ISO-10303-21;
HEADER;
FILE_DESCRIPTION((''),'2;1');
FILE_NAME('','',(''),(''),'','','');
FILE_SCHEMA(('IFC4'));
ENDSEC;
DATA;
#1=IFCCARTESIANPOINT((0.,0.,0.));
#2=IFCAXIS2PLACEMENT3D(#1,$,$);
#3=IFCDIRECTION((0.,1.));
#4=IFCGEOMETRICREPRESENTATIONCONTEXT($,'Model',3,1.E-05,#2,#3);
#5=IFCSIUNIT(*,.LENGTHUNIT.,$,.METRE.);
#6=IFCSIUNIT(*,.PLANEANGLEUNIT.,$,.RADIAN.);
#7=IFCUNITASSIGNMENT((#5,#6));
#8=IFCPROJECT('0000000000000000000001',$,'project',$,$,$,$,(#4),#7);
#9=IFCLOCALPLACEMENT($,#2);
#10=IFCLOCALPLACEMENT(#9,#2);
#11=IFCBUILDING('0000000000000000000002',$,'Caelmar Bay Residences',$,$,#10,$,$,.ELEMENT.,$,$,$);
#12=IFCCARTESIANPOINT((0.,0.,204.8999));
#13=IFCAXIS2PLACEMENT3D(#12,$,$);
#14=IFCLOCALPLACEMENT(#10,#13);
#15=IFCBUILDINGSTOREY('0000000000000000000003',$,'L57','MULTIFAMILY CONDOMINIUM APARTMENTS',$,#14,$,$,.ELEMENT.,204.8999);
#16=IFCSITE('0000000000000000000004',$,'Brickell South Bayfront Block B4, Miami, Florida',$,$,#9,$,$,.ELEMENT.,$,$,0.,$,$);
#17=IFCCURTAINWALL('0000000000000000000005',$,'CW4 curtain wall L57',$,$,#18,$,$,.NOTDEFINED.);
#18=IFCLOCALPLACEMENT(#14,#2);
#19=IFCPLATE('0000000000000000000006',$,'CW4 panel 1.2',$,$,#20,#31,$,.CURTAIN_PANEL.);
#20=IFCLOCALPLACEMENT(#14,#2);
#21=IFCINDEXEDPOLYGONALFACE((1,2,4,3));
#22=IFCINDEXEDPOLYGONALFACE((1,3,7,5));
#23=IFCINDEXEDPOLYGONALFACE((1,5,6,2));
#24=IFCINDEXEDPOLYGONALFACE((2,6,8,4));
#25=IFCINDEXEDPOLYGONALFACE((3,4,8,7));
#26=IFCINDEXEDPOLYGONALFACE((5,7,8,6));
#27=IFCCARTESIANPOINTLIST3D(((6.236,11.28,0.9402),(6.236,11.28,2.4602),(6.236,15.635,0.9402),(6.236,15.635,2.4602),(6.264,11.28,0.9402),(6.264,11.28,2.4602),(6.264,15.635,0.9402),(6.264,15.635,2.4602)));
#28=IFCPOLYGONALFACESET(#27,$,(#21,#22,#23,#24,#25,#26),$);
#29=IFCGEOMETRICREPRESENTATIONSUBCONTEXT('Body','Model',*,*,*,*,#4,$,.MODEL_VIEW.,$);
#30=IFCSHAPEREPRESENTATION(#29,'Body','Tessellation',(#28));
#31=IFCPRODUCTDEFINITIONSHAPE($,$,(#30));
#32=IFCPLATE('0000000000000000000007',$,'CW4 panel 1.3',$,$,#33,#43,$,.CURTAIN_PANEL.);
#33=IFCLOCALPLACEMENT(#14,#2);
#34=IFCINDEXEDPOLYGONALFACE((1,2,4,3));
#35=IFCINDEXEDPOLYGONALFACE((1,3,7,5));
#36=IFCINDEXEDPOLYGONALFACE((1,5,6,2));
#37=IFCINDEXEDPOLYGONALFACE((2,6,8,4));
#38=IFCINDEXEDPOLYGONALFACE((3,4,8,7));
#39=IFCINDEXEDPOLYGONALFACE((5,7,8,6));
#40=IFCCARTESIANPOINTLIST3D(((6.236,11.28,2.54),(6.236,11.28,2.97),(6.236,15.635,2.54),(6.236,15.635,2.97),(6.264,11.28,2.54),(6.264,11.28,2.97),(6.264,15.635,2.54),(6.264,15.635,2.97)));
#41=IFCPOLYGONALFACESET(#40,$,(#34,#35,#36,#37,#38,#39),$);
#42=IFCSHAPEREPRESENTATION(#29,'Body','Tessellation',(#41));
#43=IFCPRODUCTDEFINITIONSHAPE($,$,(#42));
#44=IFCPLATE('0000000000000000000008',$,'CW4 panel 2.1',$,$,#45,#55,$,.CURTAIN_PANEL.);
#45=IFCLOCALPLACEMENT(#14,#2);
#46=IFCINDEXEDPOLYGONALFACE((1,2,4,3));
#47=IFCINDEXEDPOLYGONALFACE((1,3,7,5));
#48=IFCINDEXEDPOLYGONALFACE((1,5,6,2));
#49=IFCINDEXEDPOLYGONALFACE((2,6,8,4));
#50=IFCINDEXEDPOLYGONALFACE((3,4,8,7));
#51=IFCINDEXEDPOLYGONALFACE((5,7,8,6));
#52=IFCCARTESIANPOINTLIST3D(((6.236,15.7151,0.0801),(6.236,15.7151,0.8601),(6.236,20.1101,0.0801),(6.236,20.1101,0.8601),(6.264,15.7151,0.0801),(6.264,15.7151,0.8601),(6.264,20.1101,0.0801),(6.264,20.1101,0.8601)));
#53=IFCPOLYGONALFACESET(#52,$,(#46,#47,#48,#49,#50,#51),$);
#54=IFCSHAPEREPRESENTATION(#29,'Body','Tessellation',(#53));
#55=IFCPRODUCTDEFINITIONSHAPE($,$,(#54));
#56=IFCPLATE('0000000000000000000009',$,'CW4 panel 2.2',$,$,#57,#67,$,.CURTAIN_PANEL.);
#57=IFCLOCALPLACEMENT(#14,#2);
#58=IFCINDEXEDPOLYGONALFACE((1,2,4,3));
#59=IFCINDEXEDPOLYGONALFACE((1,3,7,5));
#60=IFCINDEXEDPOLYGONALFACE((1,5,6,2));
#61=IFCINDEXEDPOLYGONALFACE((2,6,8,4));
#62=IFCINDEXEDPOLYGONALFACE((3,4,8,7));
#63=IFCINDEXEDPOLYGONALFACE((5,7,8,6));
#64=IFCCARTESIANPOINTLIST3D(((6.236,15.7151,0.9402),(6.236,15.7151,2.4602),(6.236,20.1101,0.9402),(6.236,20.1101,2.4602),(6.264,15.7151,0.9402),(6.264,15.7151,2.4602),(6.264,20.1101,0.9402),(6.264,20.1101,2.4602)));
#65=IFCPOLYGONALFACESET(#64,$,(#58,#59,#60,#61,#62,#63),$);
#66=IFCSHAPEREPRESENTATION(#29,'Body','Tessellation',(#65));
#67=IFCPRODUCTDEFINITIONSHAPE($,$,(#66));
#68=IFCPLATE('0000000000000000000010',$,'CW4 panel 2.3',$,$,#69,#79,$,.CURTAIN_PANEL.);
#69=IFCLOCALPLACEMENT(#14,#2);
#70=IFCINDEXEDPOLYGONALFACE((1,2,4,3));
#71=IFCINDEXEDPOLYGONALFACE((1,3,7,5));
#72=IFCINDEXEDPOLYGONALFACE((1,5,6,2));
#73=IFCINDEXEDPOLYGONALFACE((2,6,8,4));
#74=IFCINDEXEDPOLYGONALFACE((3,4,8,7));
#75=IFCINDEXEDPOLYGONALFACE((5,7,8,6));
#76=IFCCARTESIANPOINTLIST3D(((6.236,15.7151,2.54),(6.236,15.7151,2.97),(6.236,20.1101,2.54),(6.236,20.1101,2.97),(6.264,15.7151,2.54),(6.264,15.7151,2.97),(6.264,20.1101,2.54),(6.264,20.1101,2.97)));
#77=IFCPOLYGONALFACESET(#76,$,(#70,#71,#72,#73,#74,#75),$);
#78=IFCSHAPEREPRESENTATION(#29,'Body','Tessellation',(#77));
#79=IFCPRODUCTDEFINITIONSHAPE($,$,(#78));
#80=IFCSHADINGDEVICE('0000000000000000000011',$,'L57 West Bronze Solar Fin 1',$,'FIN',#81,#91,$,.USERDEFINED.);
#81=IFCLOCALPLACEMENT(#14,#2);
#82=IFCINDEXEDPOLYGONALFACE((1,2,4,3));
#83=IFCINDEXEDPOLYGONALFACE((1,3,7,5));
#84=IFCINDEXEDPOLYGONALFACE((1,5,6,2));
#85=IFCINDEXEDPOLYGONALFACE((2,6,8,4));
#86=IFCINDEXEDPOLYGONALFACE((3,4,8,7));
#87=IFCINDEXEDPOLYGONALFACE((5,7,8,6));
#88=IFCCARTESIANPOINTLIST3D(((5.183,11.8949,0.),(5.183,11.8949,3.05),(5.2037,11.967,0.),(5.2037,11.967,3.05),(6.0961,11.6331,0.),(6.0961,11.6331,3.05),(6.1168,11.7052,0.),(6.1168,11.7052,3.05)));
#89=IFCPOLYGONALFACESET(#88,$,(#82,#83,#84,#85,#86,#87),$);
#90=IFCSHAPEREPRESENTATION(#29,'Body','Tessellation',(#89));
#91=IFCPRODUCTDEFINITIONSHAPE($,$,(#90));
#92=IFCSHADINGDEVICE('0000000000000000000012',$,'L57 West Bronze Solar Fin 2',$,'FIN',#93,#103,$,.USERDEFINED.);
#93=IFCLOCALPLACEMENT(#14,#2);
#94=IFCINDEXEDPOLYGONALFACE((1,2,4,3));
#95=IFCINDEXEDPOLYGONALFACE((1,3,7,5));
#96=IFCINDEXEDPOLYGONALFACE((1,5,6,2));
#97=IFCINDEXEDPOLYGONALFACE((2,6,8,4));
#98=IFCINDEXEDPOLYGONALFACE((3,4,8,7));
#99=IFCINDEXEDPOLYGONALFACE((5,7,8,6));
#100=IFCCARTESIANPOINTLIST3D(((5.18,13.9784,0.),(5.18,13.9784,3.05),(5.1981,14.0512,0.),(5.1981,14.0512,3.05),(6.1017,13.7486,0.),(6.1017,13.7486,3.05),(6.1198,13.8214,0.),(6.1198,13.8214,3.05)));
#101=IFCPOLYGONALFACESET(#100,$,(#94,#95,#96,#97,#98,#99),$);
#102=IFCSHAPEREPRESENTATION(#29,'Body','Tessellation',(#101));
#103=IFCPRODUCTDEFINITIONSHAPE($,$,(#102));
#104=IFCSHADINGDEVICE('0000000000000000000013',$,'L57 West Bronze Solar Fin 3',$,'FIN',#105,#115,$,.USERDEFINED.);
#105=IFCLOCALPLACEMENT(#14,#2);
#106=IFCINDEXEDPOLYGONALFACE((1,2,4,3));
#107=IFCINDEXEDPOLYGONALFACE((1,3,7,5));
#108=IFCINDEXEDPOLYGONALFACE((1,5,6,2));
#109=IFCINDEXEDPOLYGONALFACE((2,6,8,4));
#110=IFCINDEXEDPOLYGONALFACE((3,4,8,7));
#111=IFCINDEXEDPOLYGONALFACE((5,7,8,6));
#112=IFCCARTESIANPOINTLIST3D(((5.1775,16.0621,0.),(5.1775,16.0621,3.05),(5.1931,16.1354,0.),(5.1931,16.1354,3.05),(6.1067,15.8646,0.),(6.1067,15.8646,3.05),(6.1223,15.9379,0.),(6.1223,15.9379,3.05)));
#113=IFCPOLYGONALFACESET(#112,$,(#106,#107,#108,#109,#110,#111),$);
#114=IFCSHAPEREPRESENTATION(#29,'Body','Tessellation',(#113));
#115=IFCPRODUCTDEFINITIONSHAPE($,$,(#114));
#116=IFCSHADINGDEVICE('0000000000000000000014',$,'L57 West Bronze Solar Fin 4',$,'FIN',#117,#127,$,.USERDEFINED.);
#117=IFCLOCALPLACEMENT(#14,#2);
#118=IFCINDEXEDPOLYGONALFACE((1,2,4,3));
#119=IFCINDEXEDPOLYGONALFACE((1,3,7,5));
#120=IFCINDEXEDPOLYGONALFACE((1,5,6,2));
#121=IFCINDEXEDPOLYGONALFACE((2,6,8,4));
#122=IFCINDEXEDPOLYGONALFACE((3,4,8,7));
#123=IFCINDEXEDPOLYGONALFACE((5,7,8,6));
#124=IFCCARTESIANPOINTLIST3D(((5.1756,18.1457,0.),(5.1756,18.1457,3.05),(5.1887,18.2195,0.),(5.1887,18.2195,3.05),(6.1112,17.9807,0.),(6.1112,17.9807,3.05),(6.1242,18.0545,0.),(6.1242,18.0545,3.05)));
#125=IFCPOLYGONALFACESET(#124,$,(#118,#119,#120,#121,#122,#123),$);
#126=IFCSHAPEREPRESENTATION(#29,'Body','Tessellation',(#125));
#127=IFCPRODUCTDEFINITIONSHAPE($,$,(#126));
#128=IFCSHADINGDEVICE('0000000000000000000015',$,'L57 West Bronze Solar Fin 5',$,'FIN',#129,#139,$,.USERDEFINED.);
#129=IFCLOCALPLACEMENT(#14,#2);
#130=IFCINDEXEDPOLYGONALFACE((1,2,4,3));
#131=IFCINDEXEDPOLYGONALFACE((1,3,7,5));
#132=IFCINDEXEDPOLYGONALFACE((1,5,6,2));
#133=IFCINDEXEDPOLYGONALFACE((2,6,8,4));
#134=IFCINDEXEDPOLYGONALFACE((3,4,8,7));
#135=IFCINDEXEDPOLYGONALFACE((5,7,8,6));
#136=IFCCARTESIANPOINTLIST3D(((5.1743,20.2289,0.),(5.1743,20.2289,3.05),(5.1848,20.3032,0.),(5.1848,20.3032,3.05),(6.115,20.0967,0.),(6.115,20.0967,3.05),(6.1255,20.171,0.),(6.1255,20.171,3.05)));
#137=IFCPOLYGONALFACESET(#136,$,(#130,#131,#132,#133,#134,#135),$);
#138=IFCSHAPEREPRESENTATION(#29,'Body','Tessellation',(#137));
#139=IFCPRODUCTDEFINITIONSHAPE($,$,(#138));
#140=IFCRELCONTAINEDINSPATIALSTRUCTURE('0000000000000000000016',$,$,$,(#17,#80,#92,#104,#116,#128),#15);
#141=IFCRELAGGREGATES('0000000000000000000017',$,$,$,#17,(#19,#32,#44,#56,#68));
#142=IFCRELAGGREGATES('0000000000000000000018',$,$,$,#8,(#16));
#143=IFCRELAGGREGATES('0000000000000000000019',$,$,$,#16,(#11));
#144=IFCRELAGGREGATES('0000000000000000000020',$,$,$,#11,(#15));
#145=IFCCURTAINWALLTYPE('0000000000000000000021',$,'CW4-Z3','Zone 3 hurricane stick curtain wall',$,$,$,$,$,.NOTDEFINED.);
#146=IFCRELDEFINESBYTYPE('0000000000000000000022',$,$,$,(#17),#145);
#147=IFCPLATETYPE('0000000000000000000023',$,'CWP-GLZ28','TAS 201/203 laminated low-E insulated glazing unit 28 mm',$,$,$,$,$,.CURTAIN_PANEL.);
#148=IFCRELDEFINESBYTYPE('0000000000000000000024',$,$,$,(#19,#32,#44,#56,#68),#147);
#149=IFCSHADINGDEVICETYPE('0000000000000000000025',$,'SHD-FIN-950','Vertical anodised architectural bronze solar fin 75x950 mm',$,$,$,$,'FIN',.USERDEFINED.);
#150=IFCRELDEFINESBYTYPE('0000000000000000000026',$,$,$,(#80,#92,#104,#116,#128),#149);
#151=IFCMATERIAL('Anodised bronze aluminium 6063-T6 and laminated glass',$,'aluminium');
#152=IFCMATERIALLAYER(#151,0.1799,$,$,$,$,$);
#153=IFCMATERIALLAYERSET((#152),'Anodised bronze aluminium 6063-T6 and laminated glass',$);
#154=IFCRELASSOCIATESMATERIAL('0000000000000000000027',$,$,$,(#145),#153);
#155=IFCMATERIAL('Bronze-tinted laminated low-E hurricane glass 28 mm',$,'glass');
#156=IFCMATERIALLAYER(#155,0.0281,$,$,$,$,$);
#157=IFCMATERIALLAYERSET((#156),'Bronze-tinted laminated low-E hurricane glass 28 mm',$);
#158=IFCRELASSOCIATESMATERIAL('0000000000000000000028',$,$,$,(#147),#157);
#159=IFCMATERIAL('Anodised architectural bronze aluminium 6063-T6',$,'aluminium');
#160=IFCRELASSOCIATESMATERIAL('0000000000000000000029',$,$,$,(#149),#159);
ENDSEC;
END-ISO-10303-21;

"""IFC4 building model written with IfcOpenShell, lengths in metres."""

from ifc_helpers import new_model, si_unit, direction, frame, origin, origin_2d, place, context, subcontext, project, spatial, rectangle, extrude, material, layer, layer_set, material_profile, profile_set, type_object, element, aggregate, save


model = new_model("IFC4")

# Units and contexts
model_context = context("Model", 3, precision=1e-05, world=origin(), true_north=direction((0.0, 1.0)))
body_context = subcontext(model_context, "Body", "Model", "MODEL_VIEW")
ifc_project = project(units=[si_unit("LENGTHUNIT", "METRE"), si_unit("PLANEANGLEUNIT", "RADIAN")], contexts=[model_context])

# Site, building, storey
site_placement = place(None, origin())
site = spatial("IfcSite", under=ifc_project, at=site_placement, Name="Brickell South Bayfront Block B4, Miami, Florida", CompositionType="ELEMENT", RefElevation=0.0)
building_placement = place(site_placement, origin())
building = spatial("IfcBuilding", under=site, at=building_placement, Name="Caelmar Bay Residences", CompositionType="ELEMENT")
storey_placement = place(building_placement, frame((0.0, 0.0, 204.8999)))
storey = spatial("IfcBuildingStorey", under=building, at=storey_placement, Name="L57", Description="MULTIFAMILY CONDOMINIUM APARTMENTS", CompositionType="ELEMENT", Elevation=204.8999)

# Curtain wall, plates
ifc_material_1 = material(Name="Anodised bronze aluminium 6063-T6 and laminated glass", Category="aluminium")
ifc_layer_1 = layer(ifc_material_1, 0.1799)
ifc_layer_set_1 = layer_set([ifc_layer_1], Name="Anodised bronze aluminium 6063-T6 and laminated glass")
curtain_wall_type = type_object("IfcCurtainWallType", Name="CW4-Z3", Description="Zone 3 hurricane stick curtain wall", PredefinedType="NOTDEFINED", material=ifc_layer_set_1)
curtain_wall_placement = place(storey_placement, origin())
curtain_wall = element("IfcCurtainWall", 1, at=curtain_wall_placement, inside=storey, type_object=curtain_wall_type, Name="CW4 curtain wall L57", PredefinedType="NOTDEFINED")
ifc_material_2 = material(Name="Bronze-tinted laminated low-E hurricane glass 28 mm", Category="glass")
ifc_layer_2 = layer(ifc_material_2, 0.0281)
ifc_layer_set_2 = layer_set([ifc_layer_2], Name="Bronze-tinted laminated low-E hurricane glass 28 mm")
plate_type = type_object("IfcPlateType", Name="CWP-GLZ28", Description="TAS 201/203 laminated low-E insulated glazing unit 28 mm", PredefinedType="CURTAIN_PANEL", material=ifc_layer_set_2)
plate_1_placement = place(storey_placement, frame((6.25, 13.4575, 0.9402), z_axis=(0.0, 0.0, 1.0), x_axis=(0.0, 1.0, 0.0)))
plate_1 = element("IfcPlate", 2, at=plate_1_placement, type_object=plate_type, Name="CW4 panel 1.2", PredefinedType="CURTAIN_PANEL", context=body_context, shape_type="SweptSolid", body=[
    extrude(rectangle(XDim=4.355, YDim=0.0281, at=origin_2d()), origin(), (0.0, 0.0, 1.0), 1.52),
])
plate_2_placement = place(storey_placement, frame((6.25, 13.4575, 2.54), z_axis=(0.0, 0.0, 1.0), x_axis=(0.0, 1.0, 0.0)))
plate_2 = element("IfcPlate", 3, at=plate_2_placement, type_object=plate_type, Name="CW4 panel 1.3", PredefinedType="CURTAIN_PANEL", context=body_context, shape_type="SweptSolid", body=[
    extrude(rectangle(XDim=4.355, YDim=0.0281, at=origin_2d()), origin(), (0.0, 0.0, 1.0), 0.4299),
])
plate_3_placement = place(storey_placement, frame((6.25, 17.9126, 0.0801), z_axis=(0.0, 0.0, 1.0), x_axis=(0.0, 1.0, 0.0)))
plate_3 = element("IfcPlate", 4, at=plate_3_placement, type_object=plate_type, Name="CW4 panel 2.1", PredefinedType="CURTAIN_PANEL", context=body_context, shape_type="SweptSolid", body=[
    extrude(rectangle(XDim=4.395, YDim=0.0281, at=origin_2d()), origin(), (0.0, 0.0, 1.0), 0.78),
])
plate_4_placement = place(storey_placement, frame((6.25, 17.9126, 0.9402), z_axis=(0.0, 0.0, 1.0), x_axis=(0.0, 1.0, 0.0)))
plate_4 = element("IfcPlate", 5, at=plate_4_placement, type_object=plate_type, Name="CW4 panel 2.2", PredefinedType="CURTAIN_PANEL", context=body_context, shape_type="SweptSolid", body=[
    extrude(rectangle(XDim=4.395, YDim=0.0281, at=origin_2d()), origin(), (0.0, 0.0, 1.0), 1.52),
])
plate_5_placement = place(storey_placement, frame((6.25, 17.9126, 2.54), z_axis=(0.0, 0.0, 1.0), x_axis=(0.0, 1.0, 0.0)))
plate_5 = element("IfcPlate", 6, at=plate_5_placement, type_object=plate_type, Name="CW4 panel 2.3", PredefinedType="CURTAIN_PANEL", context=body_context, shape_type="SweptSolid", body=[
    extrude(rectangle(XDim=4.395, YDim=0.0281, at=origin_2d()), origin(), (0.0, 0.0, 1.0), 0.4299),
])
aggregate(curtain_wall, [plate_1, plate_2, plate_3, plate_4, plate_5])

# Shading devices
ifc_material_3 = material(Name="Anodised architectural bronze aluminium 6063-T6", Category="aluminium")
ifc_material_profile_1 = material_profile(ifc_material_3, rectangle(XDim=0.075, YDim=0.95, at=origin_2d()), Name="BRONZE-FIN-75X950")
ifc_profile_set_1 = profile_set([ifc_material_profile_1], Name="Anodised architectural bronze aluminium 6063-T6")
shading_device_type = type_object("IfcShadingDeviceType", Name="SHD-FIN-950", Description="Vertical anodised architectural bronze solar fin 75x950 mm", ElementType="FIN", PredefinedType="USERDEFINED", material=ifc_profile_set_1)
for number, where, z_axis, x_axis, name in (
    (7, (5.6499, 11.8, 0.0), (0.0, 0.0, 1.0), (0.275637, 0.961262, 0.0), "L57 West Bronze Solar Fin 1"),
    (8, (5.6499, 13.8999, 0.0), (0.0, 0.0, 1.0), (0.241922, 0.970296, 0.0), "L57 West Bronze Solar Fin 2"),
    (9, (5.6499, 16.0, 0.0), (0.0, 0.0, 1.0), (0.207912, 0.978148, 0.0), "L57 West Bronze Solar Fin 3"),
    (10, (5.6499, 18.1001, 0.0), (0.0, 0.0, 1.0), (0.173648, 0.984808, 0.0), "L57 West Bronze Solar Fin 4"),
    (11, (5.6499, 20.2, 0.0), (0.0, 0.0, 1.0), (0.139173, 0.990268, 0.0), "L57 West Bronze Solar Fin 5"),
):
    element("IfcShadingDevice", number, at=place(storey_placement, frame(where, z_axis=z_axis, x_axis=x_axis)), inside=storey, type_object=shading_device_type, Name=name, ObjectType="FIN", PredefinedType="USERDEFINED", context=body_context, shape_type="SweptSolid", body=[
        extrude(rectangle(XDim=0.075, YDim=0.95, at=origin_2d()), origin(), (0.0, 0.0, 1.0), 3.05),
    ])

save(model, "model.ifc")
